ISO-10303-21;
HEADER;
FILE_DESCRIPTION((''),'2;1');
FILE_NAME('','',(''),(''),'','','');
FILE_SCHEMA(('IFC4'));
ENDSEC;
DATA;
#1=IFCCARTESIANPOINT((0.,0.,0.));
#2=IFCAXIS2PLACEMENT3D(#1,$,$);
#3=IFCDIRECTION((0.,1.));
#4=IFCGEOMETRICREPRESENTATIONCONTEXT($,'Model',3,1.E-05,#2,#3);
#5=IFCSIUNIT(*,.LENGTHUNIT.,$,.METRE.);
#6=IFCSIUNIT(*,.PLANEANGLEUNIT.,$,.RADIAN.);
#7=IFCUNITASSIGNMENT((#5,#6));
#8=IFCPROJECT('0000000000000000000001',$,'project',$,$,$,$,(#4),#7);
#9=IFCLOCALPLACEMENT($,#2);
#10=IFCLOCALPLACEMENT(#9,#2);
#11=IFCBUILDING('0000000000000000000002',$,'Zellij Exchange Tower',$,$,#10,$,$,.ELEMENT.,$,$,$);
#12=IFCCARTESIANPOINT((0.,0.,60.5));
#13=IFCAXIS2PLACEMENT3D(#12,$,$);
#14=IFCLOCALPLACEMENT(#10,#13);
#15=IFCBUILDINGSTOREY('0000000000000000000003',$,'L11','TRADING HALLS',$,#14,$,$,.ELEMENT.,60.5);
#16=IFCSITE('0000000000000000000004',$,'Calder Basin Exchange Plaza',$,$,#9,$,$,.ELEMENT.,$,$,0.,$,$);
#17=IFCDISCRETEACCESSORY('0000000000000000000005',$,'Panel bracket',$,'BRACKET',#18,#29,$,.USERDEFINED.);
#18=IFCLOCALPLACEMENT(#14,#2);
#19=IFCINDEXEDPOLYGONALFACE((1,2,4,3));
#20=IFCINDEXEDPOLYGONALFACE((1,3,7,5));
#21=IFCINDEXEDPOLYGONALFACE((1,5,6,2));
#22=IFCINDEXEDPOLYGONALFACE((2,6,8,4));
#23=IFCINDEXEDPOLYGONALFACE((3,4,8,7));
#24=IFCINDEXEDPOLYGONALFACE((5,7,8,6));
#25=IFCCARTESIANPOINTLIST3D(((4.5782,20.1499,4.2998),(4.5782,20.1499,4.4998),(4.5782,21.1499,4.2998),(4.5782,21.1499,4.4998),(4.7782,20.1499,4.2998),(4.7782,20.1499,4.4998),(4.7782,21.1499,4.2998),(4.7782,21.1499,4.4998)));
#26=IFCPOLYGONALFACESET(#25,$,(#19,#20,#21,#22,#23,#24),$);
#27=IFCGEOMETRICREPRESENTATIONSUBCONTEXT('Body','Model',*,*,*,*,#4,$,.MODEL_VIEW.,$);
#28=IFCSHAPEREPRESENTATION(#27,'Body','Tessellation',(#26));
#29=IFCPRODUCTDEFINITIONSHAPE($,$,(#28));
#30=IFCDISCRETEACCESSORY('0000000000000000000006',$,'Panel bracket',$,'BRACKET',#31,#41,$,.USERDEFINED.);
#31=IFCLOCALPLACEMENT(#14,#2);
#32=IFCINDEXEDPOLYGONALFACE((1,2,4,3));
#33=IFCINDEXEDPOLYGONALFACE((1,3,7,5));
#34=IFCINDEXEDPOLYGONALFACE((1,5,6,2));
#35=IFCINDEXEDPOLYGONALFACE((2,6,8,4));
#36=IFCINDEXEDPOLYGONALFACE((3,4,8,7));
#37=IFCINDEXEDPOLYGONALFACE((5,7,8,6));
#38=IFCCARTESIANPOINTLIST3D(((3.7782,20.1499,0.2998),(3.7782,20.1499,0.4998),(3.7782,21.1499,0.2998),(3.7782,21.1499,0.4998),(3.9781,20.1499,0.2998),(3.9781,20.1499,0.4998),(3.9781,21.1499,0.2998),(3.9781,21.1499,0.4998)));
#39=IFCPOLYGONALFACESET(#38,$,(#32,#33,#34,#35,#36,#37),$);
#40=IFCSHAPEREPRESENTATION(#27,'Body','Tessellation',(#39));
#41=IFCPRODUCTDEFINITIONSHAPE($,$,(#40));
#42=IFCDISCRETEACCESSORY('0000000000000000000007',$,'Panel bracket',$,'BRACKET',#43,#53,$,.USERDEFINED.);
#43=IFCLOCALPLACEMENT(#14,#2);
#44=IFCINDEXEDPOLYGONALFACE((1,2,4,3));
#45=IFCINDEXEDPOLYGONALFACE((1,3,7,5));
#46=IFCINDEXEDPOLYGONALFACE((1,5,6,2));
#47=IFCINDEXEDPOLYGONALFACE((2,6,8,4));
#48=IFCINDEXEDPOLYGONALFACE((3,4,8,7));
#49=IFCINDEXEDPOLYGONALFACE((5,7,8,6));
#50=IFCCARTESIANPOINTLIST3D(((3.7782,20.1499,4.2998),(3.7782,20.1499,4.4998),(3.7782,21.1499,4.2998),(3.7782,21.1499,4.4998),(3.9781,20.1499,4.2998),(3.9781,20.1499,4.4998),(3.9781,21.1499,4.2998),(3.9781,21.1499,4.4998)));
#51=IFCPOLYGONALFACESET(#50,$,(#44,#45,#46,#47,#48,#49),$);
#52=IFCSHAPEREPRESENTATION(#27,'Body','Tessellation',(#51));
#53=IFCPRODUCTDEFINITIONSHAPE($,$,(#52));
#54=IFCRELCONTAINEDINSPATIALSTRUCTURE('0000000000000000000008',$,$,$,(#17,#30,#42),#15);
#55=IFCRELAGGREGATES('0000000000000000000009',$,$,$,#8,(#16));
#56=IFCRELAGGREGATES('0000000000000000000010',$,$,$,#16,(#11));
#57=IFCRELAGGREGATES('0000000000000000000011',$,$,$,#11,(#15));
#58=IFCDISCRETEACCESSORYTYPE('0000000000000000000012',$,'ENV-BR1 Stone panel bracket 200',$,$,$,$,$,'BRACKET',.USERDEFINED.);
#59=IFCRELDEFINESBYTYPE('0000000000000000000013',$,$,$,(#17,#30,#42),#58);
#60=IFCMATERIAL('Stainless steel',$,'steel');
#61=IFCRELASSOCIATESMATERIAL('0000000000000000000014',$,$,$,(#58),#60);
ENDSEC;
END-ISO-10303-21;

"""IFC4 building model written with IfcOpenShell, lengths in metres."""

from ifc_helpers import new_model, si_unit, direction, frame, origin, origin_2d, place, context, subcontext, project, spatial, rectangle, extrude, material, type_object, element, save


model = new_model("IFC4")

# Units and contexts
model_context = context("Model", 3, precision=1e-05, world=origin(), true_north=direction((0.0, 1.0)))
body_context = subcontext(model_context, "Body", "Model", "MODEL_VIEW")
ifc_project = project(units=[si_unit("LENGTHUNIT", "METRE"), si_unit("PLANEANGLEUNIT", "RADIAN")], contexts=[model_context])

# Site, building, storey
site_placement = place(None, origin())
site = spatial("IfcSite", under=ifc_project, at=site_placement, Name="Calder Basin Exchange Plaza", CompositionType="ELEMENT", RefElevation=0.0)
building_placement = place(site_placement, origin())
building = spatial("IfcBuilding", under=site, at=building_placement, Name="Zellij Exchange Tower", CompositionType="ELEMENT")
storey_placement = place(building_placement, frame((0.0, 0.0, 60.5)))
storey = spatial("IfcBuildingStorey", under=building, at=storey_placement, Name="L11", Description="TRADING HALLS", CompositionType="ELEMENT", Elevation=60.5)

# Discrete accessories
ifc_material_1 = material(Name="Stainless steel", Category="steel")
discrete_accessory_type = type_object("IfcDiscreteAccessoryType", Name="ENV-BR1 Stone panel bracket 200", ElementType="BRACKET", PredefinedType="USERDEFINED", material=ifc_material_1)
for number, where, z_axis, x_axis, name in (
    (1, (4.6782, 20.6499, 4.2998), (0.0, 0.0, 1.0), (-1.0, 0.0, 0.0), "Panel bracket"),
    (2, (3.8782, 20.6499, 0.2998), (0.0, 0.0, 1.0), (-1.0, 0.0, 0.0), "Panel bracket"),
    (3, (3.8782, 20.6499, 4.2998), (0.0, 0.0, 1.0), (-1.0, 0.0, 0.0), "Panel bracket"),
):
    element("IfcDiscreteAccessory", number, at=place(storey_placement, frame(where, z_axis=z_axis, x_axis=x_axis)), inside=storey, type_object=discrete_accessory_type, Name=name, ObjectType="BRACKET", PredefinedType="USERDEFINED", context=body_context, shape_type="SweptSolid", body=[
        extrude(rectangle(XDim=0.2, YDim=1.0, at=origin_2d()), origin(), (0.0, 0.0, 1.0), 0.2),
    ])

save(model, "model.ifc")
